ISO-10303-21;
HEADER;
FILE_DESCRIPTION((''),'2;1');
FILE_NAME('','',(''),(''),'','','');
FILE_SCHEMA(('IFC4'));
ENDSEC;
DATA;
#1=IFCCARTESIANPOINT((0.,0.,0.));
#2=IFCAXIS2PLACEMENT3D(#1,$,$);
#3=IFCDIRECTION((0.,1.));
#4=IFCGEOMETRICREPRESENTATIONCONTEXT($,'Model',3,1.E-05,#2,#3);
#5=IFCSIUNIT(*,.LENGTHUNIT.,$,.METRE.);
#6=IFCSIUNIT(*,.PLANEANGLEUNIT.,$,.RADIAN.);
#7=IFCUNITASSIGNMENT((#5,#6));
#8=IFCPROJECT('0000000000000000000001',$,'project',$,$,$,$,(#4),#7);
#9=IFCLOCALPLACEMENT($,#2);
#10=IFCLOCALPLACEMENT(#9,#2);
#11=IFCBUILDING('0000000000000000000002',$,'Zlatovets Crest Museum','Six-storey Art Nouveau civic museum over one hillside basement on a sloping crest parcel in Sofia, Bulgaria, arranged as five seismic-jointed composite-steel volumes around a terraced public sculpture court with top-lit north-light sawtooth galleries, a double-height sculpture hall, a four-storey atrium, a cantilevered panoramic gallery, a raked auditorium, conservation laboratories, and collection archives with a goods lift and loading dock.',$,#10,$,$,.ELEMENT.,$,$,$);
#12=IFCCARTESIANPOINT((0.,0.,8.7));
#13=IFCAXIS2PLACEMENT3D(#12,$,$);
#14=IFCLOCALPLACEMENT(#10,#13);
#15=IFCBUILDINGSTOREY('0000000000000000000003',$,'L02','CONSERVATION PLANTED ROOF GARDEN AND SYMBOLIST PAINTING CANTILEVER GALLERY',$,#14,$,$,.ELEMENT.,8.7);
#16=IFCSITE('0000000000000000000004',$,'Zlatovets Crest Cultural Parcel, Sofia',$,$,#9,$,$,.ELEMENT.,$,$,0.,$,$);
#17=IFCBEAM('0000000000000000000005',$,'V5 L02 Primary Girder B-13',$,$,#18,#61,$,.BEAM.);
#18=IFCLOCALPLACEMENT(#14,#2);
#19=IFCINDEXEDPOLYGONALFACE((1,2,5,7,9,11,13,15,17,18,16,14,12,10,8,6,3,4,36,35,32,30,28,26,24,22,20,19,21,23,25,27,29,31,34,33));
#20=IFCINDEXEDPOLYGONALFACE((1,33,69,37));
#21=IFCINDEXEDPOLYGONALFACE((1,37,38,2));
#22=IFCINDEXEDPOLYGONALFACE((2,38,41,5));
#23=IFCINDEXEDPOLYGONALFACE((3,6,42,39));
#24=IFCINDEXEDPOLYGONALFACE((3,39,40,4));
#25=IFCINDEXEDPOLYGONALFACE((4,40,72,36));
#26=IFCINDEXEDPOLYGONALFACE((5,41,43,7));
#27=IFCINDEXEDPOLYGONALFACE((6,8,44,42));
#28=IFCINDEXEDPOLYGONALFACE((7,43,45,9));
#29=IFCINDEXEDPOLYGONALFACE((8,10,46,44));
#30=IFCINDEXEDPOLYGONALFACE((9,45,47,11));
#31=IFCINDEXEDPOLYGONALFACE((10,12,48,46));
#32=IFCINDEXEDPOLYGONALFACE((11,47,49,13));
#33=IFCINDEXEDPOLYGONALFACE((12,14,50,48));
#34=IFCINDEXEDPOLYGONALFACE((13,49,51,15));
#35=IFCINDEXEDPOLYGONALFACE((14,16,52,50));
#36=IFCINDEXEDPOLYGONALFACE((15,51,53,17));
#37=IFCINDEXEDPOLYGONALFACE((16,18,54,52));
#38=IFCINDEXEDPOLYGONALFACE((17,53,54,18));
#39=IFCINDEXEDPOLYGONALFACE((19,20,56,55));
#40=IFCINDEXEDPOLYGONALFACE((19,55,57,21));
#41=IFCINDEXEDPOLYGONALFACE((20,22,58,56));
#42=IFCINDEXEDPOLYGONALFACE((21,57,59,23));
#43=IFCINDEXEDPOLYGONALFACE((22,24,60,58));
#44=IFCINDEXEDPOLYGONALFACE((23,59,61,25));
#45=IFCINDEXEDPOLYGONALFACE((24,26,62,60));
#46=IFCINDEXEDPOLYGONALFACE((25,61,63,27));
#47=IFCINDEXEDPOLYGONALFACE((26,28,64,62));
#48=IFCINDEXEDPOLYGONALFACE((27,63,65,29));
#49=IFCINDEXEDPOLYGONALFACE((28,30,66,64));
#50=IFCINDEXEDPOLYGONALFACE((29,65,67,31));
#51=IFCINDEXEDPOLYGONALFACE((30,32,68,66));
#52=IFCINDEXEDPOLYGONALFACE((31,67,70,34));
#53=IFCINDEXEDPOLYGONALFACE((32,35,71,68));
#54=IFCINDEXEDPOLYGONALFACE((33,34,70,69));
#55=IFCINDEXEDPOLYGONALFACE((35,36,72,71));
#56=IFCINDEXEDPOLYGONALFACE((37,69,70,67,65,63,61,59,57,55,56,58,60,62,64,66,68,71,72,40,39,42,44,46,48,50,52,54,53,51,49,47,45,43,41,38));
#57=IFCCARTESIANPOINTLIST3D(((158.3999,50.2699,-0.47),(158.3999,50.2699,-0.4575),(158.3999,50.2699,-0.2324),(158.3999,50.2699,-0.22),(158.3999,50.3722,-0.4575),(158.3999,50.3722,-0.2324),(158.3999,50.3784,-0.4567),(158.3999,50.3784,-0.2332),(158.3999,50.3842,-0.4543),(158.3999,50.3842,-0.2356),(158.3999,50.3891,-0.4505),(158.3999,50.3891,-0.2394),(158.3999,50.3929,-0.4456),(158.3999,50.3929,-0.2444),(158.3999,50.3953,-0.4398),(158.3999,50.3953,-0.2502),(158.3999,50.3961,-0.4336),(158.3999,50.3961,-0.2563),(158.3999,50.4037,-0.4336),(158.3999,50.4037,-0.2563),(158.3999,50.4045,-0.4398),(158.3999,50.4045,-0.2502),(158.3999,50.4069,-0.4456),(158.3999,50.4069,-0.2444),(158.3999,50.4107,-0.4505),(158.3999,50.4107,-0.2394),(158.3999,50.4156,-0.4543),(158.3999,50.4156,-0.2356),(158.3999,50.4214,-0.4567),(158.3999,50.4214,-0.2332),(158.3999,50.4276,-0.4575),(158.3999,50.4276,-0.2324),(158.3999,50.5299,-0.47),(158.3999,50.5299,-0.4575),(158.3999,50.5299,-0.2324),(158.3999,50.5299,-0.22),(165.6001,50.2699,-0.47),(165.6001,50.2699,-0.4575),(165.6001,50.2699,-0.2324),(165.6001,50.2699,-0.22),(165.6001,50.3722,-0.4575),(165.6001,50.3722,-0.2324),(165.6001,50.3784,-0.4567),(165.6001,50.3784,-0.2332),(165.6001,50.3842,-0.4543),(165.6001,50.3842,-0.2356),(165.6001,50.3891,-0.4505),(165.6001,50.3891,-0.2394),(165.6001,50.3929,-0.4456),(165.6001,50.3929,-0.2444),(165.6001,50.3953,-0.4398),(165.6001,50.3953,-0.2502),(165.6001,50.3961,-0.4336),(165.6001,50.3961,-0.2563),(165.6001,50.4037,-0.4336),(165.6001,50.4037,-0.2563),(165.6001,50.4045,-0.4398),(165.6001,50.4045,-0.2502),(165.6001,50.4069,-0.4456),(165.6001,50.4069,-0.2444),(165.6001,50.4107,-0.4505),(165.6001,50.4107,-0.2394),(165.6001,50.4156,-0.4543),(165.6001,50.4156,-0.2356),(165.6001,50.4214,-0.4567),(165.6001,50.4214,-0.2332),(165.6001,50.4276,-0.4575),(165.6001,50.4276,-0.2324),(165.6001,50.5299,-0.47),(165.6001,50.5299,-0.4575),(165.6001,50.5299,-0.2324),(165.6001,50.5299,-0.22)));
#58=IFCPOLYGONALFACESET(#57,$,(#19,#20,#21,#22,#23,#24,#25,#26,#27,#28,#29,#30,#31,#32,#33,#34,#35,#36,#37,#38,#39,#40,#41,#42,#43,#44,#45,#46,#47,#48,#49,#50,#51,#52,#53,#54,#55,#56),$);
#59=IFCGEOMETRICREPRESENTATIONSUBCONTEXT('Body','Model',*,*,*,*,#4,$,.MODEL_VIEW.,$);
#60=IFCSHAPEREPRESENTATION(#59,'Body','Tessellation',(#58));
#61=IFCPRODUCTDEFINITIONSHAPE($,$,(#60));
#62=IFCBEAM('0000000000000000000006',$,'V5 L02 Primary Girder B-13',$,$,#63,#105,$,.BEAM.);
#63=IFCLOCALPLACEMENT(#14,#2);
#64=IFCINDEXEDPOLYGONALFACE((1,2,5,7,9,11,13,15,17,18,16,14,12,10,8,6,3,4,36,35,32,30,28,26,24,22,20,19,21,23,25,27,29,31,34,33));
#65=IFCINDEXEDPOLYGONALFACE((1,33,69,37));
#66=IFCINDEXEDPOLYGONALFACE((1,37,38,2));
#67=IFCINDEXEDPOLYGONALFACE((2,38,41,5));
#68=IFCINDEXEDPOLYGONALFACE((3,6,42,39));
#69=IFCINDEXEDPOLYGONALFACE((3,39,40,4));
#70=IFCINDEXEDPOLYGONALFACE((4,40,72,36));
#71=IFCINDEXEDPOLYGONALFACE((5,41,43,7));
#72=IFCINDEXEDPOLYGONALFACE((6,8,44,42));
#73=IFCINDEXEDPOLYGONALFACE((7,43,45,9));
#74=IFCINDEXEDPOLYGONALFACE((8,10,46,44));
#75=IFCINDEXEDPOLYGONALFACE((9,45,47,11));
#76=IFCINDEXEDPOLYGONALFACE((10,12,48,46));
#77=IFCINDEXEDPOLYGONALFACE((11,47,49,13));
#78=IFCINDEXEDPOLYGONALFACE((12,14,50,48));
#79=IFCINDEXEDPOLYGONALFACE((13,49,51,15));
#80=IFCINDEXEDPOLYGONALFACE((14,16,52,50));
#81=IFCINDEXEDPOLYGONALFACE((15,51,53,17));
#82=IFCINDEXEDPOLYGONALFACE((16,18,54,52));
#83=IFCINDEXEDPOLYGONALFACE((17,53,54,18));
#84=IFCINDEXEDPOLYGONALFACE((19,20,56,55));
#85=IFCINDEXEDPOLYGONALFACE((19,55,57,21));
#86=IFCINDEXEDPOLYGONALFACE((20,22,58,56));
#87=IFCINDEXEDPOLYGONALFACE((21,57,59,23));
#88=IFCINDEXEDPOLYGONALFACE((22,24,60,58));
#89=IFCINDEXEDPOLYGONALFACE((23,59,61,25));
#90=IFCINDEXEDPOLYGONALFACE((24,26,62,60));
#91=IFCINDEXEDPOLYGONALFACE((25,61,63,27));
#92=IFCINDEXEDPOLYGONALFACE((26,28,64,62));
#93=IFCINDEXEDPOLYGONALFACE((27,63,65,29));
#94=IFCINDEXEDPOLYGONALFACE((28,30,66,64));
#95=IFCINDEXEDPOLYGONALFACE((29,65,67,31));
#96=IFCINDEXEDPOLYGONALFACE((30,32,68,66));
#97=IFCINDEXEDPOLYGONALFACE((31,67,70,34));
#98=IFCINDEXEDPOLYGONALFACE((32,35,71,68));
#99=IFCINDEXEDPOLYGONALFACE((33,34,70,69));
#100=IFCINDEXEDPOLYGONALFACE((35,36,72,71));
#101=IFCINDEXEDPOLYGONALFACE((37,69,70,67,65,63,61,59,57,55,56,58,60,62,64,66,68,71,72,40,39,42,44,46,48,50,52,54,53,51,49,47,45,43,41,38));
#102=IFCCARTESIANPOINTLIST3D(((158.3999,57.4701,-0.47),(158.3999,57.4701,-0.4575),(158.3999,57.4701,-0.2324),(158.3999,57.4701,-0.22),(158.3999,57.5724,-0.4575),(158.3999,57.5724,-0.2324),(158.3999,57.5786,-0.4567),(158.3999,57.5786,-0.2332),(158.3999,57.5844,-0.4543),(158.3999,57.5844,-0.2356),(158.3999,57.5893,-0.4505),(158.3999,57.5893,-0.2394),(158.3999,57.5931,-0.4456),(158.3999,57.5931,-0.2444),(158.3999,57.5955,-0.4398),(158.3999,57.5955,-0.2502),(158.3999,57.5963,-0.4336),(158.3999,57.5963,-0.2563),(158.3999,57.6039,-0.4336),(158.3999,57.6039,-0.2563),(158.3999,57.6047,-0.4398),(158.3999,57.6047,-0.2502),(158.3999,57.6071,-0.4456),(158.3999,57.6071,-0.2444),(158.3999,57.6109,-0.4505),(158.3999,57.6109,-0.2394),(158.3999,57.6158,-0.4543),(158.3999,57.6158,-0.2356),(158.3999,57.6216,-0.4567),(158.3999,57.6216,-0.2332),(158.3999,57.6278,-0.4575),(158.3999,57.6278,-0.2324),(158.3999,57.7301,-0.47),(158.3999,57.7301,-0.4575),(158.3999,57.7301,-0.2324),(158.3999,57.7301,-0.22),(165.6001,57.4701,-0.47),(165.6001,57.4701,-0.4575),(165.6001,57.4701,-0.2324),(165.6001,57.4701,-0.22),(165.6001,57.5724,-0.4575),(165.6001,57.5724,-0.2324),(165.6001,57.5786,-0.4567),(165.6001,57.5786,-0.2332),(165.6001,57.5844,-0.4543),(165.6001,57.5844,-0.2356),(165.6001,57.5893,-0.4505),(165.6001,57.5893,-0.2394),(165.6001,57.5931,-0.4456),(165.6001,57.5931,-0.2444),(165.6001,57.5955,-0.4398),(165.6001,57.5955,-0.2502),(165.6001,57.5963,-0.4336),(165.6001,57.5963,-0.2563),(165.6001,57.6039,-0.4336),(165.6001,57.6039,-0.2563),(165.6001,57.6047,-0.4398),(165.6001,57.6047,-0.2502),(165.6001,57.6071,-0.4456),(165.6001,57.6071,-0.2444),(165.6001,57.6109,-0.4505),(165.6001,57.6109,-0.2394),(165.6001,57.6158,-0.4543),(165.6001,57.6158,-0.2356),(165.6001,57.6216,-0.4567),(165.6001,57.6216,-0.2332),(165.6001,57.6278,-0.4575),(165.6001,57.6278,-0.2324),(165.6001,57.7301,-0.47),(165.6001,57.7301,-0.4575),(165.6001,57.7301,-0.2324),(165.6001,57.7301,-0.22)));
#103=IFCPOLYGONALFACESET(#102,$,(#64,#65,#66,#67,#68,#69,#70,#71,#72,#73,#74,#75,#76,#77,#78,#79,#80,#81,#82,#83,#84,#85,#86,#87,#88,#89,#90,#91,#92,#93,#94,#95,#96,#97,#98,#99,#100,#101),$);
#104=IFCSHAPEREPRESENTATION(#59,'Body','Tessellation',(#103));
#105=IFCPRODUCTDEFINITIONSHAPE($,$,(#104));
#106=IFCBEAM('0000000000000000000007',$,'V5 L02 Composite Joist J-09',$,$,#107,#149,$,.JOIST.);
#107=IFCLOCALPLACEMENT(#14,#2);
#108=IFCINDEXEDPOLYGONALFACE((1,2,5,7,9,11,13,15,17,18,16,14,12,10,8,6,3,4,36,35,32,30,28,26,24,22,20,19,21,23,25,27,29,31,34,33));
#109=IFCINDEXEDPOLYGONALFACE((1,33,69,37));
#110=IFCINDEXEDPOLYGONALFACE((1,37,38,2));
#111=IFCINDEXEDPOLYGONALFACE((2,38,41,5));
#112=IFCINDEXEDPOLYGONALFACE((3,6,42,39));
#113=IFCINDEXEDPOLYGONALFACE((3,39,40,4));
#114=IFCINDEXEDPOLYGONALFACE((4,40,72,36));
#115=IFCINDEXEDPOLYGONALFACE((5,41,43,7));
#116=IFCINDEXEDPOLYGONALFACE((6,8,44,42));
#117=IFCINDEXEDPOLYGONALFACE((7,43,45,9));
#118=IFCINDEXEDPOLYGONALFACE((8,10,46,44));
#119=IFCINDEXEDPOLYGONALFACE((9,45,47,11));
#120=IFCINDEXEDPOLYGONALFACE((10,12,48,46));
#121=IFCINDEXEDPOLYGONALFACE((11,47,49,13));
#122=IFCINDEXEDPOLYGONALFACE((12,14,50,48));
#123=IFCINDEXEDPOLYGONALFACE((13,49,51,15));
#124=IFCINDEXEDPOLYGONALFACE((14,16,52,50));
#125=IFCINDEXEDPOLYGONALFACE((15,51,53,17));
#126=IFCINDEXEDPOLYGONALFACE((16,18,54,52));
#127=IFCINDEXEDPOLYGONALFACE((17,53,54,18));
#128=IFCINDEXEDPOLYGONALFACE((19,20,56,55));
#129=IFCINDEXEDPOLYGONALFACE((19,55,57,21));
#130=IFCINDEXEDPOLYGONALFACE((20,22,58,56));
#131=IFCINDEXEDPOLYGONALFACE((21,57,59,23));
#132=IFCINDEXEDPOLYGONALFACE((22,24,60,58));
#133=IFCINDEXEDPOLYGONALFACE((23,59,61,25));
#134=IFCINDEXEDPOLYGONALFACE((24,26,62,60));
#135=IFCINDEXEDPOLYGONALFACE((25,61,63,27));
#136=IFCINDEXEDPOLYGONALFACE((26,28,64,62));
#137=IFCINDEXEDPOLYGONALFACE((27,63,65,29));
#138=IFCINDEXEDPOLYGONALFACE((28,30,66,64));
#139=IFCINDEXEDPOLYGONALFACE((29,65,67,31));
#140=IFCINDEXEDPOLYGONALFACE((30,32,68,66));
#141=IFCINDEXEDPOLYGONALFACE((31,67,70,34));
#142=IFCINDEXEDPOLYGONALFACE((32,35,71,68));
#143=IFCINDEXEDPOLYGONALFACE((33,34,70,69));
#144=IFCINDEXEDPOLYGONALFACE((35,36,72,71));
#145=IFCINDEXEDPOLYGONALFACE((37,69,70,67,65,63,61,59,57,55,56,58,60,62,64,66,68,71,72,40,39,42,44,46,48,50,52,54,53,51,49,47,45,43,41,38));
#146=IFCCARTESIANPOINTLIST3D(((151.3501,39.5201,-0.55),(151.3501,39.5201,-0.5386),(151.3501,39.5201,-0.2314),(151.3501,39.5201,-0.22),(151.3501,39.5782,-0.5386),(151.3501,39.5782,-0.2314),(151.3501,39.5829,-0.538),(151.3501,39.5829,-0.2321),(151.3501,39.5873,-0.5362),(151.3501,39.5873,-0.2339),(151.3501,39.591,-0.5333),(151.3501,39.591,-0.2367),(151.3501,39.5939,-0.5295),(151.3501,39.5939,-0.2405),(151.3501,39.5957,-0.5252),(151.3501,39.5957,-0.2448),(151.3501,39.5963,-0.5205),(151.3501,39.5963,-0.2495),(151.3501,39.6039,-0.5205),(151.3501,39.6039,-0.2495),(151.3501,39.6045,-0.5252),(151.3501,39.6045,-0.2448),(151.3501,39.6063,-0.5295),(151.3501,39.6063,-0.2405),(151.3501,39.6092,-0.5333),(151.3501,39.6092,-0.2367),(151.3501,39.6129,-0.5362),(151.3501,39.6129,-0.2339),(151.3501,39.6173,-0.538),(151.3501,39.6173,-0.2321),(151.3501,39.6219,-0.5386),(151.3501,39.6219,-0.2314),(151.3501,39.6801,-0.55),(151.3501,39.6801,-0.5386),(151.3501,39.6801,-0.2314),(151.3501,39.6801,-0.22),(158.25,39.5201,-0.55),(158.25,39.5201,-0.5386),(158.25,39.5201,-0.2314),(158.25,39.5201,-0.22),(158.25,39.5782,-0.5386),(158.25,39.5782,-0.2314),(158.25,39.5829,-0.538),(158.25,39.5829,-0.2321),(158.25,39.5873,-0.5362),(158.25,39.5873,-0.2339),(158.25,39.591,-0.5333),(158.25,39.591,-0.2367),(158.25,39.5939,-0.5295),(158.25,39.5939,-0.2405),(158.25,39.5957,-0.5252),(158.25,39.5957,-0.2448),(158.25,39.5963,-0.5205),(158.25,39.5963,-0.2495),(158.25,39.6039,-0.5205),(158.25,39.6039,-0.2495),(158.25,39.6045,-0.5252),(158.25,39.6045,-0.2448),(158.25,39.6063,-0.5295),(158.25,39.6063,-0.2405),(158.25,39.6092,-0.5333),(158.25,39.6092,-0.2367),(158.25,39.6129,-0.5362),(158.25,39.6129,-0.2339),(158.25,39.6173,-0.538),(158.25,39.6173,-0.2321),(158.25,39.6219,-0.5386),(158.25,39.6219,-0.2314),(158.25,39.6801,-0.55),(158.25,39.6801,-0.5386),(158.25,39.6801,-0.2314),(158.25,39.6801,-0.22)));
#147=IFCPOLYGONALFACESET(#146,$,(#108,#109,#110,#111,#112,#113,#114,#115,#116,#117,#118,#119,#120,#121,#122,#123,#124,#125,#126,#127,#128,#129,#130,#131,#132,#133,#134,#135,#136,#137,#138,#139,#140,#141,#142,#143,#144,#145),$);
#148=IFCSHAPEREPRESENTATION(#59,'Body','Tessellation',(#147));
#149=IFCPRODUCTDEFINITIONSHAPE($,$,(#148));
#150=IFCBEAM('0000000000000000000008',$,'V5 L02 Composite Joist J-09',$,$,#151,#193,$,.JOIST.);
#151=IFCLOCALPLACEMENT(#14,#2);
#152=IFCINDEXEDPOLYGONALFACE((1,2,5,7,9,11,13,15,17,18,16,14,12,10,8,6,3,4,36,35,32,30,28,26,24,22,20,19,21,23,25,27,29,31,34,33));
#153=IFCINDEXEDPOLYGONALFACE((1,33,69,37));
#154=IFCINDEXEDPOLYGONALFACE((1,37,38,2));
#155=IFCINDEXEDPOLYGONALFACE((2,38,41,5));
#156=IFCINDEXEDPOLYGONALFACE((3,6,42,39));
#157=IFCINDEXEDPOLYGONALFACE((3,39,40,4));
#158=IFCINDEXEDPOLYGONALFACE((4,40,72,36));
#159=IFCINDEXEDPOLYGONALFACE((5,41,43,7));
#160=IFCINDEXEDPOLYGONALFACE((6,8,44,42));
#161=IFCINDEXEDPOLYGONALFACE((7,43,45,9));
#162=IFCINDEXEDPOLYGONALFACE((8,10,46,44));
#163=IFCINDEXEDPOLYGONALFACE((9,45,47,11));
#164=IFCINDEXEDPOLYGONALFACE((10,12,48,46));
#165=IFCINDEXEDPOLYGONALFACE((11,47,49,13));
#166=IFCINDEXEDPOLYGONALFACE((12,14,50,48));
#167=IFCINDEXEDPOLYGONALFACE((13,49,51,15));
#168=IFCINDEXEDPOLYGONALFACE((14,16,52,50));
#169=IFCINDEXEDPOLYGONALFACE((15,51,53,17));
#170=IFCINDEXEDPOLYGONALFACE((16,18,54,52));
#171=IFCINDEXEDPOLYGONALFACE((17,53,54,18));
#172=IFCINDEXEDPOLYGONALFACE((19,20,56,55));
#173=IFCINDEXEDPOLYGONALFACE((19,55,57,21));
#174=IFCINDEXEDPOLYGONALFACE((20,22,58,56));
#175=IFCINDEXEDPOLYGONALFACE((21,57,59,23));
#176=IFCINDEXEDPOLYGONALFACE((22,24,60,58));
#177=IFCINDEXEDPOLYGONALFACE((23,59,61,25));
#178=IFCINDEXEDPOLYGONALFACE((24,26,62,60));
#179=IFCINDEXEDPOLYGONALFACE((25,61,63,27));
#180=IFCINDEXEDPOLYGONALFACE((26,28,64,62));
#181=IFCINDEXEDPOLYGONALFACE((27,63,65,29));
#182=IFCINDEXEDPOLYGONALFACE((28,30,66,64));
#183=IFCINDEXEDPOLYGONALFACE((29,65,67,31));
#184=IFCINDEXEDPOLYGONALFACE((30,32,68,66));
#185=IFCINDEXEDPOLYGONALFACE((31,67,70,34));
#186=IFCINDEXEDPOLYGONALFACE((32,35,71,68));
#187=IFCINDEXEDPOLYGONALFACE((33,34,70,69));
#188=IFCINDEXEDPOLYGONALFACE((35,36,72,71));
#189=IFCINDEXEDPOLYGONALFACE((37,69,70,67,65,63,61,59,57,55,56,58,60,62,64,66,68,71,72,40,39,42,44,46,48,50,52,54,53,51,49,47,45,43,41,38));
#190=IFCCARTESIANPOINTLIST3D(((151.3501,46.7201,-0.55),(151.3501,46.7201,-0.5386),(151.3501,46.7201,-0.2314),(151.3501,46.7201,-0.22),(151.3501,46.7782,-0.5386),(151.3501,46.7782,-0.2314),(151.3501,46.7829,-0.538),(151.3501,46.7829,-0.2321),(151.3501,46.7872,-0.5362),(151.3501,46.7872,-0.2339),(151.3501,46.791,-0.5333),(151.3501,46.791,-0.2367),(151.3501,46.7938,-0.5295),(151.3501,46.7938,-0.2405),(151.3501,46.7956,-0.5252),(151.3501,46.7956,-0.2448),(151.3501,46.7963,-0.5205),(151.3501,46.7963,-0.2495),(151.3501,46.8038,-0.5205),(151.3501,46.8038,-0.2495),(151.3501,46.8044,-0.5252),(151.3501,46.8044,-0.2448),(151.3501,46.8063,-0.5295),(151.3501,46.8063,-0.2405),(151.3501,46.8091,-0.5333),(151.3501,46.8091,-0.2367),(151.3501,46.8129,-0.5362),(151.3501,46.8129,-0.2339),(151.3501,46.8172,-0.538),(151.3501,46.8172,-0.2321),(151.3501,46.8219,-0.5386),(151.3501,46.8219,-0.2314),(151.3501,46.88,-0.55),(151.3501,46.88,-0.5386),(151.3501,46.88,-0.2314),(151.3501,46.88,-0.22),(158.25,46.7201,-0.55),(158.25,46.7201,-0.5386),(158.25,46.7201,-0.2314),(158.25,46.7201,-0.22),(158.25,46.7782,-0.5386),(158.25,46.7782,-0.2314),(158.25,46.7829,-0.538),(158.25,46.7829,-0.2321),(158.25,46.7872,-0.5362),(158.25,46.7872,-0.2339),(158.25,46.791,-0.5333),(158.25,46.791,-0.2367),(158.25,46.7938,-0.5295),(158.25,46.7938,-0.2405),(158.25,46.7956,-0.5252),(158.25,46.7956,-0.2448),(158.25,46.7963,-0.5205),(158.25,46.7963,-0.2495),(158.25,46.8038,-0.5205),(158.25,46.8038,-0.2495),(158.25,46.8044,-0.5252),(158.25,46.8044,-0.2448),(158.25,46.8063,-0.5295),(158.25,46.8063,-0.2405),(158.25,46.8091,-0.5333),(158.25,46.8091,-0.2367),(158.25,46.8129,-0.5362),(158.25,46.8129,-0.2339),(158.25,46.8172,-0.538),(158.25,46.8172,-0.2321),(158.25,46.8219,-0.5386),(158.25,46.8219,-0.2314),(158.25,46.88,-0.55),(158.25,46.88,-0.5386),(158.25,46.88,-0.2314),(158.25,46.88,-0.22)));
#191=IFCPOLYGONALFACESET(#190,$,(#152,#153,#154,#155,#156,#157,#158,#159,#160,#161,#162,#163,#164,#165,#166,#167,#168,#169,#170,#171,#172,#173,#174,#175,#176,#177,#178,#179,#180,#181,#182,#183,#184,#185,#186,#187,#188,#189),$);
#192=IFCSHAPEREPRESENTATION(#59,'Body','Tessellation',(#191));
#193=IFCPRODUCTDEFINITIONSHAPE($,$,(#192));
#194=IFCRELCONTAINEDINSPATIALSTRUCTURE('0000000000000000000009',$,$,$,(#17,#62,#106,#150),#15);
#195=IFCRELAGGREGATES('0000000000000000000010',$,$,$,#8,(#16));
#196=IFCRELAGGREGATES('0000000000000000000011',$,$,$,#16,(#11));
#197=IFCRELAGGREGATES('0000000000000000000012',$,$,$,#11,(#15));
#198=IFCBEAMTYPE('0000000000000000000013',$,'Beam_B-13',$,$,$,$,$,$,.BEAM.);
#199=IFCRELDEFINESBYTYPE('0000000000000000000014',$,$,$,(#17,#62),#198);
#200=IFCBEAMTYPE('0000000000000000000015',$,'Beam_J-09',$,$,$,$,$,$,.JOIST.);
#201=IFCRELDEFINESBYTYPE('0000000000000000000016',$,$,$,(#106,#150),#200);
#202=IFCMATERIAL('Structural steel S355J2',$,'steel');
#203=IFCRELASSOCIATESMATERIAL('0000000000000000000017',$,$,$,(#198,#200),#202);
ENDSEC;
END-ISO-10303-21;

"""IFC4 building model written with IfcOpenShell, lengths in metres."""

from ifc_helpers import new_model, si_unit, direction, frame, origin, origin_2d, place, context, subcontext, project, spatial, i_section, extrude, material, material_profile, profile_set, type_object, element, save


model = new_model("IFC4")

# Units and contexts
model_context = context("Model", 3, precision=1e-05, world=origin(), true_north=direction((0.0, 1.0)))
body_context = subcontext(model_context, "Body", "Model", "MODEL_VIEW")
ifc_project = project(units=[si_unit("LENGTHUNIT", "METRE"), si_unit("PLANEANGLEUNIT", "RADIAN")], contexts=[model_context])

# Site, building, storey
site_placement = place(None, origin())
site = spatial("IfcSite", under=ifc_project, at=site_placement, Name="Zlatovets Crest Cultural Parcel, Sofia", CompositionType="ELEMENT", RefElevation=0.0)
building_placement = place(site_placement, origin())
building = spatial("IfcBuilding", under=site, at=building_placement, Name="Zlatovets Crest Museum", Description="Six-storey Art Nouveau civic museum over one hillside basement on a sloping crest parcel in Sofia, Bulgaria, arranged as five seismic-jointed composite-steel volumes around a terraced public sculpture court with top-lit north-light sawtooth galleries, a double-height sculpture hall, a four-storey atrium, a cantilevered panoramic gallery, a raked auditorium, conservation laboratories, and collection archives with a goods lift and loading dock.", CompositionType="ELEMENT")
storey_placement = place(building_placement, frame((0.0, 0.0, 8.7)))
storey = spatial("IfcBuildingStorey", under=building, at=storey_placement, Name="L02", Description="CONSERVATION PLANTED ROOF GARDEN AND SYMBOLIST PAINTING CANTILEVER GALLERY", CompositionType="ELEMENT", Elevation=8.7)

# Shared definitions
ifc_material_1 = material(Name="Structural steel S355J2", Category="steel")

# Beams
ifc_material_profile_1 = material_profile(ifc_material_1, i_section(OverallWidth=0.26, OverallDepth=0.25, WebThickness=0.0076, FlangeThickness=0.0125, FilletRadius=0.0239, at=origin_2d()), Name="HEA 260")
ifc_profile_set_1 = profile_set([ifc_material_profile_1], Name="Structural steel S355J2")
beam_type_1 = type_object("IfcBeamType", Name="Beam_B-13", PredefinedType="BEAM", material=ifc_profile_set_1)
for number, where, z_axis, x_axis, name in (
    (1, (158.3999, 50.3999, -0.345), (1.0, 0.0, 0.0), (0.0, 1.0, 0.0), "V5 L02 Primary Girder B-13"),
    (2, (158.3999, 57.6001, -0.345), (1.0, 0.0, 0.0), (0.0, 1.0, 0.0), "V5 L02 Primary Girder B-13"),
):
    element("IfcBeam", number, at=place(storey_placement, frame(where, z_axis=z_axis, x_axis=x_axis)), inside=storey, type_object=beam_type_1, Name=name, PredefinedType="BEAM", context=body_context, shape_type="SweptSolid", body=[
        extrude(i_section(OverallWidth=0.26, OverallDepth=0.25, WebThickness=0.0076, FlangeThickness=0.0125, FilletRadius=0.0239, at=origin_2d()), origin(), (0.0, 0.0, 1.0), 7.2002),
    ])
ifc_material_profile_2 = material_profile(ifc_material_1, i_section(OverallWidth=0.1599, OverallDepth=0.3301, WebThickness=0.0076, FlangeThickness=0.0115, FilletRadius=0.0181, at=origin_2d()), Name="IPE 330")
ifc_profile_set_2 = profile_set([ifc_material_profile_2], Name="Structural steel S355J2")
beam_type_2 = type_object("IfcBeamType", Name="Beam_J-09", PredefinedType="JOIST", material=ifc_profile_set_2)
for number, where, z_axis, x_axis, name in (
    (3, (151.3501, 39.6001, -0.385), (1.0, 0.0, 0.0), (0.0, 1.0, 0.0), "V5 L02 Composite Joist J-09"),
    (4, (151.3501, 46.8, -0.385), (1.0, 0.0, 0.0), (0.0, 1.0, 0.0), "V5 L02 Composite Joist J-09"),
):
    element("IfcBeam", number, at=place(storey_placement, frame(where, z_axis=z_axis, x_axis=x_axis)), inside=storey, type_object=beam_type_2, Name=name, PredefinedType="JOIST", context=body_context, shape_type="SweptSolid", body=[
        extrude(i_section(OverallWidth=0.1599, OverallDepth=0.3301, WebThickness=0.0076, FlangeThickness=0.0115, FilletRadius=0.0181, at=origin_2d()), origin(), (0.0, 0.0, 1.0), 6.8999),
    ])

save(model, "model.ifc")
